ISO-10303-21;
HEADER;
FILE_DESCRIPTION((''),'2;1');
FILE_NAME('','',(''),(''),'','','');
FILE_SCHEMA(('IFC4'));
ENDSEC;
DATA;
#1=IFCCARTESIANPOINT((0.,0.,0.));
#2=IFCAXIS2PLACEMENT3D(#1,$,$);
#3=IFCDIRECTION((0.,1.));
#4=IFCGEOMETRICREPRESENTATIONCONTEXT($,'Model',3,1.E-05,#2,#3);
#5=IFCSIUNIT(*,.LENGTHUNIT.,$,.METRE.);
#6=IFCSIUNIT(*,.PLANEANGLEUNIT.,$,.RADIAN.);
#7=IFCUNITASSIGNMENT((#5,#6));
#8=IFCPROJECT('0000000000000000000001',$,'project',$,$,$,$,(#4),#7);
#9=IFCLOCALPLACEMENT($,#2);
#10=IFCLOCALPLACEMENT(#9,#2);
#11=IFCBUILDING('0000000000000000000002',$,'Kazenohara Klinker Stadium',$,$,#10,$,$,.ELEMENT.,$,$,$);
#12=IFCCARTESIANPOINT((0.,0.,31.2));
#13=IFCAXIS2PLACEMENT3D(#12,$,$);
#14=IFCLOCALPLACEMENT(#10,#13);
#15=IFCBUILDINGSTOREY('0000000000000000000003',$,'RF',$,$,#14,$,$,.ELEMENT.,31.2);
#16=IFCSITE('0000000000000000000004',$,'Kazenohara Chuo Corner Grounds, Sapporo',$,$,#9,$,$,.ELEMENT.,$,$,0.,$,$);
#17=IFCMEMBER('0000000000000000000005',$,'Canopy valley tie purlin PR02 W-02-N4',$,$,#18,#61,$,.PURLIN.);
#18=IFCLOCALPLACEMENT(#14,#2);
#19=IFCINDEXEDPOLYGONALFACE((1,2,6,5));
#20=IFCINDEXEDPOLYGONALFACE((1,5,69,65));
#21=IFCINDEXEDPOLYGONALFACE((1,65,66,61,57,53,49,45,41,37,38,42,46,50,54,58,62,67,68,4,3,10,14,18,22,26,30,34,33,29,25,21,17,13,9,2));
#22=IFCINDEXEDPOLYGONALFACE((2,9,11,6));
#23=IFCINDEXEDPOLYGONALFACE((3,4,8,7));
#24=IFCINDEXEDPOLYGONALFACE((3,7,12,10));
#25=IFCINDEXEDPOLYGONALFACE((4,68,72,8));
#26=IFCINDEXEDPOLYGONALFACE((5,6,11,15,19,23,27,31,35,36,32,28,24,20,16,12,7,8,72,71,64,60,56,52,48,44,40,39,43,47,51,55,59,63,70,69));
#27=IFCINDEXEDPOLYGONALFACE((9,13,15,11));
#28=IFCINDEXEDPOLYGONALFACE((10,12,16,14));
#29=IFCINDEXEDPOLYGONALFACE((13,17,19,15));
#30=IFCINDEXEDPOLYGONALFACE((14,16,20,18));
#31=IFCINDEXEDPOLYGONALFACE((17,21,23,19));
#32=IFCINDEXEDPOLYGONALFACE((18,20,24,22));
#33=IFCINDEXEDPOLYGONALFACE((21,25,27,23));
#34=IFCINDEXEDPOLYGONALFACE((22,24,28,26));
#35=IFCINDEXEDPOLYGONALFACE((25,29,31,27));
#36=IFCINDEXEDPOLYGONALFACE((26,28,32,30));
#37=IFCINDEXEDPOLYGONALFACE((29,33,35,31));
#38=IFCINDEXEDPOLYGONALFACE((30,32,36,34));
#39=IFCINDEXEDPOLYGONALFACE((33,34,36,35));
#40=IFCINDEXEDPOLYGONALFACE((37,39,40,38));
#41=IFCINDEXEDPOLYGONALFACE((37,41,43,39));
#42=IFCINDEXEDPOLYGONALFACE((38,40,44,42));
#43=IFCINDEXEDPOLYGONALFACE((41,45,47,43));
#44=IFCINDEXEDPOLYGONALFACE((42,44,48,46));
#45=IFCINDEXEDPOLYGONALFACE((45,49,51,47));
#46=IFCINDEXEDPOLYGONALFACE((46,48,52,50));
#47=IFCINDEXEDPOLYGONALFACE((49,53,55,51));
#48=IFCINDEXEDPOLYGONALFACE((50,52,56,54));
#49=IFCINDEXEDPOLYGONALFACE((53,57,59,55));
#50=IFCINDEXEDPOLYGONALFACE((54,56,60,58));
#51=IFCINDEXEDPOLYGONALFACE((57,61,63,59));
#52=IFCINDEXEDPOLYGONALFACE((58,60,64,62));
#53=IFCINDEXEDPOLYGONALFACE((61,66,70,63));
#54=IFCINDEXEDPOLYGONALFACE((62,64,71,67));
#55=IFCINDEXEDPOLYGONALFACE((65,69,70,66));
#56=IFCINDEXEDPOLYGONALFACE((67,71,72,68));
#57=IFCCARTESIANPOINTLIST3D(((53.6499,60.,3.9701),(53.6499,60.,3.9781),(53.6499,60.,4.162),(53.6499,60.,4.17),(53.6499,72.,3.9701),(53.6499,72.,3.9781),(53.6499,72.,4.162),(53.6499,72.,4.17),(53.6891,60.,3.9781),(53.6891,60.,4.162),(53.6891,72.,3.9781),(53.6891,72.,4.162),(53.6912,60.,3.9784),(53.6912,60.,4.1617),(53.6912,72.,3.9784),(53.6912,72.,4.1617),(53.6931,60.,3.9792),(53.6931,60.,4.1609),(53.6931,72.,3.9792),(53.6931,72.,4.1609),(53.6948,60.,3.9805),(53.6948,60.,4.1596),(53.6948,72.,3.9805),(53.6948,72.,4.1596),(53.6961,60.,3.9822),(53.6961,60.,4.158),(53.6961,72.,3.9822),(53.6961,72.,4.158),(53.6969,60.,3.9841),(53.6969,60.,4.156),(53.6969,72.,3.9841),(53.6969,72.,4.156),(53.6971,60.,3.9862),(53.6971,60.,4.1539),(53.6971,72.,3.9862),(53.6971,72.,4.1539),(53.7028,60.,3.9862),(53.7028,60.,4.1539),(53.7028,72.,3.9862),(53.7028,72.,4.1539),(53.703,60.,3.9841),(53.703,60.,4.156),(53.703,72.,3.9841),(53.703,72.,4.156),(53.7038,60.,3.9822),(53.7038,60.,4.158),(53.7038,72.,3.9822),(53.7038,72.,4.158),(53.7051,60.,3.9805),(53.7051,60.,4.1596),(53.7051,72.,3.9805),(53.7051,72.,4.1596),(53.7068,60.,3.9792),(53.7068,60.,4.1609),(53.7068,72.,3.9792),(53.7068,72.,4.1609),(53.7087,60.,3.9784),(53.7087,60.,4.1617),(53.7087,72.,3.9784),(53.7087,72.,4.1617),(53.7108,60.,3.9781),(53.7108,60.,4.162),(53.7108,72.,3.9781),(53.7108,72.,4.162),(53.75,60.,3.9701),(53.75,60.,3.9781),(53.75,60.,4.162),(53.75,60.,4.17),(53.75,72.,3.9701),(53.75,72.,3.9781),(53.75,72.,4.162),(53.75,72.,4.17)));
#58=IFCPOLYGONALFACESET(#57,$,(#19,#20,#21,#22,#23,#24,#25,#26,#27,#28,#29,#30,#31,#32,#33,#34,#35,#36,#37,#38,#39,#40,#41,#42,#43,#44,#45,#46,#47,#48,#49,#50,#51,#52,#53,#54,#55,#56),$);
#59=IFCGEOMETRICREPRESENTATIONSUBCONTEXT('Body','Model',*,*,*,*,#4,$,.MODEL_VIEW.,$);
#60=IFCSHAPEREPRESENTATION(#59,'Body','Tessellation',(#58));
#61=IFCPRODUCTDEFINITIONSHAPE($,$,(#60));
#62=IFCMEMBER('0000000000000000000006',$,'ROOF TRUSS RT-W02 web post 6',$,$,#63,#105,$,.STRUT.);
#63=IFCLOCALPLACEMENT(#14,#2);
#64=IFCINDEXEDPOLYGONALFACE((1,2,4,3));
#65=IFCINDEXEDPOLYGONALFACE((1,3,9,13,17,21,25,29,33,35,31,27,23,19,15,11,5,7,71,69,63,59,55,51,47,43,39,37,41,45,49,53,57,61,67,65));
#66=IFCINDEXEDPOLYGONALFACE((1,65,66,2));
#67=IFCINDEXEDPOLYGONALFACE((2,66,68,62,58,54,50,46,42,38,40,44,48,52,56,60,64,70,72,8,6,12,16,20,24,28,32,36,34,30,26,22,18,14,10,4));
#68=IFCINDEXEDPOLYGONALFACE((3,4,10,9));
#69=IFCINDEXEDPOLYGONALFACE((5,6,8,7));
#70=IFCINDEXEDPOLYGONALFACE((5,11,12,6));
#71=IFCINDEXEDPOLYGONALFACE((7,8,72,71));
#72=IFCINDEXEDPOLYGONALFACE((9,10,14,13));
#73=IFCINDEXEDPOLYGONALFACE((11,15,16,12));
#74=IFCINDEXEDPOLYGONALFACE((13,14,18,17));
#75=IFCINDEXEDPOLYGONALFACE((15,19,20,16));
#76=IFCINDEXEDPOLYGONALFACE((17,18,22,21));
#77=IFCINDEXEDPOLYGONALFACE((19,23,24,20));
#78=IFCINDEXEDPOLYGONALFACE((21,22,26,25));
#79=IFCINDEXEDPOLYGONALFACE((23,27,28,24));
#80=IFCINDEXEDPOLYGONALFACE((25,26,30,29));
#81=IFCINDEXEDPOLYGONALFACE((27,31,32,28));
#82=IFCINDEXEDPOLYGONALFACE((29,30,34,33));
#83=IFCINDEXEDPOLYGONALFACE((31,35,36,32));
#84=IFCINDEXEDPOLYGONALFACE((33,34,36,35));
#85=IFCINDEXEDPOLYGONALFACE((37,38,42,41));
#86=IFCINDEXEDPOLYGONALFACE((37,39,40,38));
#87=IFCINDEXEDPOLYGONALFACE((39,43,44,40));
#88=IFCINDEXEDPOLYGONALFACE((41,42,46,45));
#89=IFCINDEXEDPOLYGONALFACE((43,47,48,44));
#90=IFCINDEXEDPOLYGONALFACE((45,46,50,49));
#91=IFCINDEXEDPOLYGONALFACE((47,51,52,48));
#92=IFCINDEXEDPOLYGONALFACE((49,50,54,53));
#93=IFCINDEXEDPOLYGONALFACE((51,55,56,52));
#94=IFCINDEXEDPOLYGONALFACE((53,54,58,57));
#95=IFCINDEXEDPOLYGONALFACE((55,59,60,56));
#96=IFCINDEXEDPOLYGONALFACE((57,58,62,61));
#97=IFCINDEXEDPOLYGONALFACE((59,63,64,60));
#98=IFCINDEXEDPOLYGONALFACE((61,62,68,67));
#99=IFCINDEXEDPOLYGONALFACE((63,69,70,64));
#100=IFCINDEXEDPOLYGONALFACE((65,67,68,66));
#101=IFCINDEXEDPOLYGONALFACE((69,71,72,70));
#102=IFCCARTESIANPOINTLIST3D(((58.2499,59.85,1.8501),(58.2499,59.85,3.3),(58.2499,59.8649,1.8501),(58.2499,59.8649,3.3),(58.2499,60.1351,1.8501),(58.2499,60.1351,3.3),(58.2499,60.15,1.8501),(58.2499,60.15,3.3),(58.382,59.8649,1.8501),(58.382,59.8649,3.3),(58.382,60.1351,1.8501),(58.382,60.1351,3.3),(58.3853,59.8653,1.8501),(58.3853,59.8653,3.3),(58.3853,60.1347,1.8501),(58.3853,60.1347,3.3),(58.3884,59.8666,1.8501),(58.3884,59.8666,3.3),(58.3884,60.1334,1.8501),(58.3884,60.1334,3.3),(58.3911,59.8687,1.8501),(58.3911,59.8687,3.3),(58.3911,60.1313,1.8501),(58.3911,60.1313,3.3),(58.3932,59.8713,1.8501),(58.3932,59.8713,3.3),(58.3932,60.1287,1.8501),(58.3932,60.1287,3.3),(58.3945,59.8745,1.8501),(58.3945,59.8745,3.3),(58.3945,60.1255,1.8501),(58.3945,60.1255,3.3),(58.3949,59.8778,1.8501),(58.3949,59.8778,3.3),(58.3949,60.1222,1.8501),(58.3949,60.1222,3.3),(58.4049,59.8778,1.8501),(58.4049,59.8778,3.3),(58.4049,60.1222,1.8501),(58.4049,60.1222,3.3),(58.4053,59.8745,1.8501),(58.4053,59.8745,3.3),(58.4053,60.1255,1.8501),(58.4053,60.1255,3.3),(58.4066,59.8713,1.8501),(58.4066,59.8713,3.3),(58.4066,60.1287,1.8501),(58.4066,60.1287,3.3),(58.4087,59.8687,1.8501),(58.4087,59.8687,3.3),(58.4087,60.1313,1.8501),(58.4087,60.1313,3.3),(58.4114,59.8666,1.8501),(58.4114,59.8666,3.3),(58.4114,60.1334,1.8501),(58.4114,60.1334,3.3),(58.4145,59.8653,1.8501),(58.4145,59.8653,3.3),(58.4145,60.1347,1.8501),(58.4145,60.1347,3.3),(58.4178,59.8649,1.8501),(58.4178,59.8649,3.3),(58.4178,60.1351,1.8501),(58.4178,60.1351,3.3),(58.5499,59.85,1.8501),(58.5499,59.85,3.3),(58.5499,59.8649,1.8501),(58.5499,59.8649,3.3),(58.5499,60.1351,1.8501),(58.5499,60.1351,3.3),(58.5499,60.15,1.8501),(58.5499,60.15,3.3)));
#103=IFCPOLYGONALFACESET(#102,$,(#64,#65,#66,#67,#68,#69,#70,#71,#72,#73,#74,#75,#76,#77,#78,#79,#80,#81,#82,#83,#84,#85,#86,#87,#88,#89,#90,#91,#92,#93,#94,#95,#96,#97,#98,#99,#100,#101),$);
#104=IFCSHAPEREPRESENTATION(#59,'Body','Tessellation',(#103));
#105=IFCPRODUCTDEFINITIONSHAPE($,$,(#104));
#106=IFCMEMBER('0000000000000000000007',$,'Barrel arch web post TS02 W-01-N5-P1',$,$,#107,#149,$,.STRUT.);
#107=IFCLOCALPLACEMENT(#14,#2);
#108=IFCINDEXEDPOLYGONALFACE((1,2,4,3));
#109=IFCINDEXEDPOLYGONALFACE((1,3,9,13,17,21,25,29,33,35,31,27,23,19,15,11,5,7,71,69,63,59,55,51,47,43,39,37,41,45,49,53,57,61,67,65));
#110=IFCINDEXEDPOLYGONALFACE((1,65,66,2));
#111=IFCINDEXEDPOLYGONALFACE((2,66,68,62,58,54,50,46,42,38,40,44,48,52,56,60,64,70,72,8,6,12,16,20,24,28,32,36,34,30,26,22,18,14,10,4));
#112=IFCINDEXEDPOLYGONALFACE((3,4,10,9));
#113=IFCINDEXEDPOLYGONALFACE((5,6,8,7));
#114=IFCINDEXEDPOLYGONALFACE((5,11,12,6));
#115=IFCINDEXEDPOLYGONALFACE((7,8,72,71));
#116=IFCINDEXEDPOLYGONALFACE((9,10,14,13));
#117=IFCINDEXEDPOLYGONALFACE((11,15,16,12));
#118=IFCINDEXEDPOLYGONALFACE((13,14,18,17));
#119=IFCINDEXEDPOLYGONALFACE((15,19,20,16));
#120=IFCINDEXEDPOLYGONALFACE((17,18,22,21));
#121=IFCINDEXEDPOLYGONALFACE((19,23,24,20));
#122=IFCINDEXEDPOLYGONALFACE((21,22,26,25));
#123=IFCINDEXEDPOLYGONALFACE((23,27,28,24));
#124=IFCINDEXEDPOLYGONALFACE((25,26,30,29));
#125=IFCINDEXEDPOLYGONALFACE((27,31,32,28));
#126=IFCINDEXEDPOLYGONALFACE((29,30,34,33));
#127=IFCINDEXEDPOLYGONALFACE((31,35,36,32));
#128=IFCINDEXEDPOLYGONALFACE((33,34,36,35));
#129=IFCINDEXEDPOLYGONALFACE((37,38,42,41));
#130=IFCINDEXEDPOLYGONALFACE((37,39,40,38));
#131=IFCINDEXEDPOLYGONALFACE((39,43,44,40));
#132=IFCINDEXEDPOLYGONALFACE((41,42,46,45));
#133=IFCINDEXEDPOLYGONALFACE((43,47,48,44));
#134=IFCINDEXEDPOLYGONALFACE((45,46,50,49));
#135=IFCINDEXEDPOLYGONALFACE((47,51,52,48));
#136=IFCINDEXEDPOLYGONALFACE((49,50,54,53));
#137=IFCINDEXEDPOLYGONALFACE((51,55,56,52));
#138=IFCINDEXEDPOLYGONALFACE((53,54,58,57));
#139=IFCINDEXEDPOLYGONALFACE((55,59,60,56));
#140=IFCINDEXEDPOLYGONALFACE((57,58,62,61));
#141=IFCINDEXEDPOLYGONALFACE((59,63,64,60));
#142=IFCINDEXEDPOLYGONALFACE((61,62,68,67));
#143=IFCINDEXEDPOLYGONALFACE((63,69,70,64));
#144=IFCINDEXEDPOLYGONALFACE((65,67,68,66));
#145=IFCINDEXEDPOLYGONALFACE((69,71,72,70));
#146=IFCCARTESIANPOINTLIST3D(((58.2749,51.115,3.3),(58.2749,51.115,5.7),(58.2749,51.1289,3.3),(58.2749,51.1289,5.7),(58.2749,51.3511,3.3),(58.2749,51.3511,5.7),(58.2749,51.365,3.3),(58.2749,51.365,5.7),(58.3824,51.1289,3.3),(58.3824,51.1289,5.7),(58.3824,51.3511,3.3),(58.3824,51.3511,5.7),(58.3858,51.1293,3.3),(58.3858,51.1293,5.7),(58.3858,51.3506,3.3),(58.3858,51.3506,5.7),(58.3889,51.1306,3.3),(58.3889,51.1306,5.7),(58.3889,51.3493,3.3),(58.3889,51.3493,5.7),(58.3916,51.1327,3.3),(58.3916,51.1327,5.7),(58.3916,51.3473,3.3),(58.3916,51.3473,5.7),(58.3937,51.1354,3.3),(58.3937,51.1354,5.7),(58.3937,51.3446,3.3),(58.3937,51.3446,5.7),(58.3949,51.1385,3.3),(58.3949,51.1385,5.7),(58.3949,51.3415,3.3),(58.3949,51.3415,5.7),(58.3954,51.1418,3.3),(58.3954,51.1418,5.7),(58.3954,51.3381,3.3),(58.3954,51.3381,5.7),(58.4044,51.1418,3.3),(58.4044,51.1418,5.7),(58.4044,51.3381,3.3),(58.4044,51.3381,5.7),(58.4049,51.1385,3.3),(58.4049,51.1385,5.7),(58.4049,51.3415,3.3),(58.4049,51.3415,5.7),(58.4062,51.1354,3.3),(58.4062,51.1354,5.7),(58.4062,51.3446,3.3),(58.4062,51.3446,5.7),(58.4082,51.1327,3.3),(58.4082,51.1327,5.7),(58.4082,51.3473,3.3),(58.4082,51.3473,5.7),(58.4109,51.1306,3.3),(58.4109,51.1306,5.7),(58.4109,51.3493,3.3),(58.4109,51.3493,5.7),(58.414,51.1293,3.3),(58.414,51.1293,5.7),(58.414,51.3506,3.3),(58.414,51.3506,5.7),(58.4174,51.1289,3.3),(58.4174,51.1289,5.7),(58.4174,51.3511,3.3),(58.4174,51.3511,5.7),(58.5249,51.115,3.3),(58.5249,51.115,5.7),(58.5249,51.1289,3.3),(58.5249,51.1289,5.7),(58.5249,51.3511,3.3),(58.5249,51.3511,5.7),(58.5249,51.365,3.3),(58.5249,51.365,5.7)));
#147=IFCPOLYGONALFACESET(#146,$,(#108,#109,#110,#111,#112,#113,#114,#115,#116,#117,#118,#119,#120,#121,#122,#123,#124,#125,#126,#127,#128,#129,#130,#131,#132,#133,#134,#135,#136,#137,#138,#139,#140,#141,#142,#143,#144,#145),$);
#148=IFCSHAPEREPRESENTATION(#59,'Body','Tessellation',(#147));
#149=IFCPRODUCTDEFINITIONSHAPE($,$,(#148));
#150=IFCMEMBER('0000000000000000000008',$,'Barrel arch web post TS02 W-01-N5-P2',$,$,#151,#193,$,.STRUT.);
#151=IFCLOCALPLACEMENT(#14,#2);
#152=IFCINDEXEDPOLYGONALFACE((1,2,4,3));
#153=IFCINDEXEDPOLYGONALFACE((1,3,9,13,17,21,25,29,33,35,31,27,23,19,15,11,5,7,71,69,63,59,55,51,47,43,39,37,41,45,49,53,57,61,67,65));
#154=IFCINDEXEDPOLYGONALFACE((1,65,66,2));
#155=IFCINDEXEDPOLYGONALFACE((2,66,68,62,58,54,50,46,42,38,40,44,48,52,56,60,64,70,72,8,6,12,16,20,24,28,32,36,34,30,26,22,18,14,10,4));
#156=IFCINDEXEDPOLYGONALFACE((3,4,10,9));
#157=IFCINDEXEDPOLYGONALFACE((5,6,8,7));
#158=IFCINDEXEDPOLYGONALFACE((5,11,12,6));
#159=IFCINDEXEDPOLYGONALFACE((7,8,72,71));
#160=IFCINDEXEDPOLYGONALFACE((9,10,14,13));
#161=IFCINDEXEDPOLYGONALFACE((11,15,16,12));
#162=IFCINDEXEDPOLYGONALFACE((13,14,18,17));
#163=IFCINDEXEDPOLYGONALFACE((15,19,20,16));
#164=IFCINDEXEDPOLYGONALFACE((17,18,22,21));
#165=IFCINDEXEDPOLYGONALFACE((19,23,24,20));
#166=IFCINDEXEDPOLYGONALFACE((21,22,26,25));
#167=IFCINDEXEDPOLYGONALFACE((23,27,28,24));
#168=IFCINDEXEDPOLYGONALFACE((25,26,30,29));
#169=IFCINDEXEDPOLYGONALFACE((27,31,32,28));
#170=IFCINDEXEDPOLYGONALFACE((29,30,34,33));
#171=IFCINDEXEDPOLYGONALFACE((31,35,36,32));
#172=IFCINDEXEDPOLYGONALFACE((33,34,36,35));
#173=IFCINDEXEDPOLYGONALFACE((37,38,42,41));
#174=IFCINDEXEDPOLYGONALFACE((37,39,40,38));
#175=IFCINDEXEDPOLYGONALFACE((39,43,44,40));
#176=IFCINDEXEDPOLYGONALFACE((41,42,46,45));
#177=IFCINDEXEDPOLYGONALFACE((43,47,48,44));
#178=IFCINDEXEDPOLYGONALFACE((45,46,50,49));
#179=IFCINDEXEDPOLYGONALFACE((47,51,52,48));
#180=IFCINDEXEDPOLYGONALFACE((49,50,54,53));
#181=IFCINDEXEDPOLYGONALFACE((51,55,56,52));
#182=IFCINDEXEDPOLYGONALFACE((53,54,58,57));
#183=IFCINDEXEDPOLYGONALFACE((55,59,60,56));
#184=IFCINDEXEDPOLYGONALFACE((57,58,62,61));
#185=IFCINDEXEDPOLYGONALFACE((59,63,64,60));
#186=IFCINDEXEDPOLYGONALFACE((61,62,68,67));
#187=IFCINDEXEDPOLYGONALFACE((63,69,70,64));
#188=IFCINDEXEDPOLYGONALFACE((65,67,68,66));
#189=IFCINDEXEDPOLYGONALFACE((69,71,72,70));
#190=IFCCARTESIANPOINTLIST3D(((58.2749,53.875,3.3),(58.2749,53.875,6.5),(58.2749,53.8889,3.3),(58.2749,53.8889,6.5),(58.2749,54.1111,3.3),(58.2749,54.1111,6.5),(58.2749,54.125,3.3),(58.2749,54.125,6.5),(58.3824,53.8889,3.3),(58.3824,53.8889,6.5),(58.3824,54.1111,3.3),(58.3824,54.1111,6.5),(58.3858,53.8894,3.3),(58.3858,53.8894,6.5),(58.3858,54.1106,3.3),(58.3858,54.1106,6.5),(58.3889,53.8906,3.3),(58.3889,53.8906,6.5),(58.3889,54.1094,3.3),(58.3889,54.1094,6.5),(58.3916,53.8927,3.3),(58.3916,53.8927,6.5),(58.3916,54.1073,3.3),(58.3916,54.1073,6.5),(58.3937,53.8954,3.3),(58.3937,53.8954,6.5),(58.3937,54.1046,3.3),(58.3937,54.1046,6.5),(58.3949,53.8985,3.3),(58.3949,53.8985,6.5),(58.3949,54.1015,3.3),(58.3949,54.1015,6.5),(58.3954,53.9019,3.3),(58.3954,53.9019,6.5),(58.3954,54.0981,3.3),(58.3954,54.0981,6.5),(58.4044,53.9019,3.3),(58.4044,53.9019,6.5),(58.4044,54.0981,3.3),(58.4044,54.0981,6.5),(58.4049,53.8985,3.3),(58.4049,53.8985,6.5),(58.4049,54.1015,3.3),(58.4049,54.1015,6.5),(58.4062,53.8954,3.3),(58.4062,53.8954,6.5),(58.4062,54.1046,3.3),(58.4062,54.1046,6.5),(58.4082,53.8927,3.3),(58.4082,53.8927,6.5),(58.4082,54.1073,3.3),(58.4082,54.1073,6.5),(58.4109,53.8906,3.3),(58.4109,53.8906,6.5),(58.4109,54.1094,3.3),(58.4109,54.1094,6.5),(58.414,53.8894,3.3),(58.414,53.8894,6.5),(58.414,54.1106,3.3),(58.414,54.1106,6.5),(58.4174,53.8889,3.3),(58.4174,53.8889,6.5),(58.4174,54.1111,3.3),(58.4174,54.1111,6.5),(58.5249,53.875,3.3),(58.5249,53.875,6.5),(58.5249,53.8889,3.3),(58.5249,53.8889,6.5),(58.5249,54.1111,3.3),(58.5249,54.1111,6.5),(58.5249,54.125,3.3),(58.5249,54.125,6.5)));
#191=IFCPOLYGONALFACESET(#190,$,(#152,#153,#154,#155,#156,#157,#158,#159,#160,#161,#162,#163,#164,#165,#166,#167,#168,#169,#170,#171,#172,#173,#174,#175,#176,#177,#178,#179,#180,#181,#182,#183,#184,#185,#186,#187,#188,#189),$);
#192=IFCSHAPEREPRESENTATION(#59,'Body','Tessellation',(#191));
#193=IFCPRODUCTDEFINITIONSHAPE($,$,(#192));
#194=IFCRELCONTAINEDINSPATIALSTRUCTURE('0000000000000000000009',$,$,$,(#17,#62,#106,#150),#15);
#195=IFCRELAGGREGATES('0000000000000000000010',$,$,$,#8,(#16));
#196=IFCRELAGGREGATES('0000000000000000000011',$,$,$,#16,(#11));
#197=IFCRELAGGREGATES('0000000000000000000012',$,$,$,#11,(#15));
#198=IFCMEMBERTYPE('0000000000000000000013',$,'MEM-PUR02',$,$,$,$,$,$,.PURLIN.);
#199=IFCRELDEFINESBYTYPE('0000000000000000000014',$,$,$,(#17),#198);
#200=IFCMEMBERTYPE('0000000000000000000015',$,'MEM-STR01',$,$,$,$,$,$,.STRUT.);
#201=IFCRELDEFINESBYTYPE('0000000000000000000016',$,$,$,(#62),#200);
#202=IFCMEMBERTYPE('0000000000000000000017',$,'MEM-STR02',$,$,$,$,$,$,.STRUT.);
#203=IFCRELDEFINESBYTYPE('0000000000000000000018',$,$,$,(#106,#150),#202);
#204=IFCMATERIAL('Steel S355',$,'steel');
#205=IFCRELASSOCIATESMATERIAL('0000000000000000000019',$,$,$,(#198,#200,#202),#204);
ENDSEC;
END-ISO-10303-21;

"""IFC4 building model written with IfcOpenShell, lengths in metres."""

from ifc_helpers import new_model, si_unit, direction, frame, origin, origin_2d, place, context, subcontext, project, spatial, i_section, extrude, material, material_profile, profile_set, type_object, element, save


model = new_model("IFC4")

# Units and contexts
model_context = context("Model", 3, precision=1e-05, world=origin(), true_north=direction((0.0, 1.0)))
body_context = subcontext(model_context, "Body", "Model", "MODEL_VIEW")
ifc_project = project(units=[si_unit("LENGTHUNIT", "METRE"), si_unit("PLANEANGLEUNIT", "RADIAN")], contexts=[model_context])

# Site, building, storey
site_placement = place(None, origin())
site = spatial("IfcSite", under=ifc_project, at=site_placement, Name="Kazenohara Chuo Corner Grounds, Sapporo", CompositionType="ELEMENT", RefElevation=0.0)
building_placement = place(site_placement, origin())
building = spatial("IfcBuilding", under=site, at=building_placement, Name="Kazenohara Klinker Stadium", CompositionType="ELEMENT")
storey_placement = place(building_placement, frame((0.0, 0.0, 31.2)))
storey = spatial("IfcBuildingStorey", under=building, at=storey_placement, Name="RF", CompositionType="ELEMENT", Elevation=31.2)

# Members
ifc_material_1 = material(Name="Steel S355", Category="steel")
ifc_material_profile_1 = material_profile(ifc_material_1, i_section(OverallWidth=0.1001, OverallDepth=0.2, WebThickness=0.0056, FlangeThickness=0.0081, FilletRadius=0.0081, at=origin_2d()), Name="H-200x100x5.5x8")
ifc_profile_set_1 = profile_set([ifc_material_profile_1], Name="Steel S355")
member_type_1 = type_object("IfcMemberType", Name="MEM-PUR02", PredefinedType="PURLIN", material=ifc_profile_set_1)
member_1_placement = place(storey_placement, frame((53.7, 60.0, 4.0701), z_axis=(0.0, 1.0, 0.0), x_axis=(-1.0, 0.0, 0.0)))
element("IfcMember", 1, at=member_1_placement, inside=storey, type_object=member_type_1, Name="Canopy valley tie purlin PR02 W-02-N4", PredefinedType="PURLIN", context=body_context, shape_type="SweptSolid", body=[
    extrude(i_section(OverallWidth=0.1001, OverallDepth=0.2, WebThickness=0.0056, FlangeThickness=0.0081, FilletRadius=0.0081, at=origin_2d()), origin(), (0.0, 0.0, 1.0), 12.0),
])
ifc_material_profile_2 = material_profile(ifc_material_1, i_section(OverallWidth=0.3, OverallDepth=0.3, WebThickness=0.01, FlangeThickness=0.0149, FilletRadius=0.0129, at=origin_2d()), Name="H-300x300x10x15")
ifc_profile_set_2 = profile_set([ifc_material_profile_2], Name="Steel S355")
member_type_2 = type_object("IfcMemberType", Name="MEM-STR01", PredefinedType="STRUT", material=ifc_profile_set_2)
member_2_placement = place(storey_placement, frame((58.3999, 60.0, 1.8501), z_axis=(0.0, 0.0, 1.0), x_axis=(1.0, 0.0, 0.0)))
element("IfcMember", 2, at=member_2_placement, inside=storey, type_object=member_type_2, Name="ROOF TRUSS RT-W02 web post 6", PredefinedType="STRUT", context=body_context, shape_type="SweptSolid", body=[
    extrude(i_section(OverallWidth=0.3, OverallDepth=0.3, WebThickness=0.01, FlangeThickness=0.0149, FilletRadius=0.0129, at=origin_2d()), origin(), (0.0, 0.0, 1.0), 1.45),
])
ifc_material_profile_3 = material_profile(ifc_material_1, i_section(OverallWidth=0.25, OverallDepth=0.25, WebThickness=0.009, FlangeThickness=0.0139, FilletRadius=0.0129, at=origin_2d()), Name="H-250x250x9x14")
ifc_profile_set_3 = profile_set([ifc_material_profile_3], Name="Steel S355")
member_type_3 = type_object("IfcMemberType", Name="MEM-STR02", PredefinedType="STRUT", material=ifc_profile_set_3)
member_3_placement = place(storey_placement, frame((58.3999, 51.24, 3.3), z_axis=(0.0, 0.0, 1.0), x_axis=(1.0, 0.0, 0.0)))
element("IfcMember", 3, at=member_3_placement, inside=storey, type_object=member_type_3, Name="Barrel arch web post TS02 W-01-N5-P1", PredefinedType="STRUT", context=body_context, shape_type="SweptSolid", body=[
    extrude(i_section(OverallWidth=0.25, OverallDepth=0.25, WebThickness=0.009, FlangeThickness=0.0139, FilletRadius=0.0129, at=origin_2d()), origin(), (0.0, 0.0, 1.0), 2.3999),
])
member_4_placement = place(storey_placement, frame((58.3999, 54.0, 3.3), z_axis=(0.0, 0.0, 1.0), x_axis=(1.0, 0.0, 0.0)))
element("IfcMember", 4, at=member_4_placement, inside=storey, type_object=member_type_3, Name="Barrel arch web post TS02 W-01-N5-P2", PredefinedType="STRUT", context=body_context, shape_type="SweptSolid", body=[
    extrude(i_section(OverallWidth=0.25, OverallDepth=0.25, WebThickness=0.009, FlangeThickness=0.0139, FilletRadius=0.0129, at=origin_2d()), origin(), (0.0, 0.0, 1.0), 3.2),
])

save(model, "model.ifc")
